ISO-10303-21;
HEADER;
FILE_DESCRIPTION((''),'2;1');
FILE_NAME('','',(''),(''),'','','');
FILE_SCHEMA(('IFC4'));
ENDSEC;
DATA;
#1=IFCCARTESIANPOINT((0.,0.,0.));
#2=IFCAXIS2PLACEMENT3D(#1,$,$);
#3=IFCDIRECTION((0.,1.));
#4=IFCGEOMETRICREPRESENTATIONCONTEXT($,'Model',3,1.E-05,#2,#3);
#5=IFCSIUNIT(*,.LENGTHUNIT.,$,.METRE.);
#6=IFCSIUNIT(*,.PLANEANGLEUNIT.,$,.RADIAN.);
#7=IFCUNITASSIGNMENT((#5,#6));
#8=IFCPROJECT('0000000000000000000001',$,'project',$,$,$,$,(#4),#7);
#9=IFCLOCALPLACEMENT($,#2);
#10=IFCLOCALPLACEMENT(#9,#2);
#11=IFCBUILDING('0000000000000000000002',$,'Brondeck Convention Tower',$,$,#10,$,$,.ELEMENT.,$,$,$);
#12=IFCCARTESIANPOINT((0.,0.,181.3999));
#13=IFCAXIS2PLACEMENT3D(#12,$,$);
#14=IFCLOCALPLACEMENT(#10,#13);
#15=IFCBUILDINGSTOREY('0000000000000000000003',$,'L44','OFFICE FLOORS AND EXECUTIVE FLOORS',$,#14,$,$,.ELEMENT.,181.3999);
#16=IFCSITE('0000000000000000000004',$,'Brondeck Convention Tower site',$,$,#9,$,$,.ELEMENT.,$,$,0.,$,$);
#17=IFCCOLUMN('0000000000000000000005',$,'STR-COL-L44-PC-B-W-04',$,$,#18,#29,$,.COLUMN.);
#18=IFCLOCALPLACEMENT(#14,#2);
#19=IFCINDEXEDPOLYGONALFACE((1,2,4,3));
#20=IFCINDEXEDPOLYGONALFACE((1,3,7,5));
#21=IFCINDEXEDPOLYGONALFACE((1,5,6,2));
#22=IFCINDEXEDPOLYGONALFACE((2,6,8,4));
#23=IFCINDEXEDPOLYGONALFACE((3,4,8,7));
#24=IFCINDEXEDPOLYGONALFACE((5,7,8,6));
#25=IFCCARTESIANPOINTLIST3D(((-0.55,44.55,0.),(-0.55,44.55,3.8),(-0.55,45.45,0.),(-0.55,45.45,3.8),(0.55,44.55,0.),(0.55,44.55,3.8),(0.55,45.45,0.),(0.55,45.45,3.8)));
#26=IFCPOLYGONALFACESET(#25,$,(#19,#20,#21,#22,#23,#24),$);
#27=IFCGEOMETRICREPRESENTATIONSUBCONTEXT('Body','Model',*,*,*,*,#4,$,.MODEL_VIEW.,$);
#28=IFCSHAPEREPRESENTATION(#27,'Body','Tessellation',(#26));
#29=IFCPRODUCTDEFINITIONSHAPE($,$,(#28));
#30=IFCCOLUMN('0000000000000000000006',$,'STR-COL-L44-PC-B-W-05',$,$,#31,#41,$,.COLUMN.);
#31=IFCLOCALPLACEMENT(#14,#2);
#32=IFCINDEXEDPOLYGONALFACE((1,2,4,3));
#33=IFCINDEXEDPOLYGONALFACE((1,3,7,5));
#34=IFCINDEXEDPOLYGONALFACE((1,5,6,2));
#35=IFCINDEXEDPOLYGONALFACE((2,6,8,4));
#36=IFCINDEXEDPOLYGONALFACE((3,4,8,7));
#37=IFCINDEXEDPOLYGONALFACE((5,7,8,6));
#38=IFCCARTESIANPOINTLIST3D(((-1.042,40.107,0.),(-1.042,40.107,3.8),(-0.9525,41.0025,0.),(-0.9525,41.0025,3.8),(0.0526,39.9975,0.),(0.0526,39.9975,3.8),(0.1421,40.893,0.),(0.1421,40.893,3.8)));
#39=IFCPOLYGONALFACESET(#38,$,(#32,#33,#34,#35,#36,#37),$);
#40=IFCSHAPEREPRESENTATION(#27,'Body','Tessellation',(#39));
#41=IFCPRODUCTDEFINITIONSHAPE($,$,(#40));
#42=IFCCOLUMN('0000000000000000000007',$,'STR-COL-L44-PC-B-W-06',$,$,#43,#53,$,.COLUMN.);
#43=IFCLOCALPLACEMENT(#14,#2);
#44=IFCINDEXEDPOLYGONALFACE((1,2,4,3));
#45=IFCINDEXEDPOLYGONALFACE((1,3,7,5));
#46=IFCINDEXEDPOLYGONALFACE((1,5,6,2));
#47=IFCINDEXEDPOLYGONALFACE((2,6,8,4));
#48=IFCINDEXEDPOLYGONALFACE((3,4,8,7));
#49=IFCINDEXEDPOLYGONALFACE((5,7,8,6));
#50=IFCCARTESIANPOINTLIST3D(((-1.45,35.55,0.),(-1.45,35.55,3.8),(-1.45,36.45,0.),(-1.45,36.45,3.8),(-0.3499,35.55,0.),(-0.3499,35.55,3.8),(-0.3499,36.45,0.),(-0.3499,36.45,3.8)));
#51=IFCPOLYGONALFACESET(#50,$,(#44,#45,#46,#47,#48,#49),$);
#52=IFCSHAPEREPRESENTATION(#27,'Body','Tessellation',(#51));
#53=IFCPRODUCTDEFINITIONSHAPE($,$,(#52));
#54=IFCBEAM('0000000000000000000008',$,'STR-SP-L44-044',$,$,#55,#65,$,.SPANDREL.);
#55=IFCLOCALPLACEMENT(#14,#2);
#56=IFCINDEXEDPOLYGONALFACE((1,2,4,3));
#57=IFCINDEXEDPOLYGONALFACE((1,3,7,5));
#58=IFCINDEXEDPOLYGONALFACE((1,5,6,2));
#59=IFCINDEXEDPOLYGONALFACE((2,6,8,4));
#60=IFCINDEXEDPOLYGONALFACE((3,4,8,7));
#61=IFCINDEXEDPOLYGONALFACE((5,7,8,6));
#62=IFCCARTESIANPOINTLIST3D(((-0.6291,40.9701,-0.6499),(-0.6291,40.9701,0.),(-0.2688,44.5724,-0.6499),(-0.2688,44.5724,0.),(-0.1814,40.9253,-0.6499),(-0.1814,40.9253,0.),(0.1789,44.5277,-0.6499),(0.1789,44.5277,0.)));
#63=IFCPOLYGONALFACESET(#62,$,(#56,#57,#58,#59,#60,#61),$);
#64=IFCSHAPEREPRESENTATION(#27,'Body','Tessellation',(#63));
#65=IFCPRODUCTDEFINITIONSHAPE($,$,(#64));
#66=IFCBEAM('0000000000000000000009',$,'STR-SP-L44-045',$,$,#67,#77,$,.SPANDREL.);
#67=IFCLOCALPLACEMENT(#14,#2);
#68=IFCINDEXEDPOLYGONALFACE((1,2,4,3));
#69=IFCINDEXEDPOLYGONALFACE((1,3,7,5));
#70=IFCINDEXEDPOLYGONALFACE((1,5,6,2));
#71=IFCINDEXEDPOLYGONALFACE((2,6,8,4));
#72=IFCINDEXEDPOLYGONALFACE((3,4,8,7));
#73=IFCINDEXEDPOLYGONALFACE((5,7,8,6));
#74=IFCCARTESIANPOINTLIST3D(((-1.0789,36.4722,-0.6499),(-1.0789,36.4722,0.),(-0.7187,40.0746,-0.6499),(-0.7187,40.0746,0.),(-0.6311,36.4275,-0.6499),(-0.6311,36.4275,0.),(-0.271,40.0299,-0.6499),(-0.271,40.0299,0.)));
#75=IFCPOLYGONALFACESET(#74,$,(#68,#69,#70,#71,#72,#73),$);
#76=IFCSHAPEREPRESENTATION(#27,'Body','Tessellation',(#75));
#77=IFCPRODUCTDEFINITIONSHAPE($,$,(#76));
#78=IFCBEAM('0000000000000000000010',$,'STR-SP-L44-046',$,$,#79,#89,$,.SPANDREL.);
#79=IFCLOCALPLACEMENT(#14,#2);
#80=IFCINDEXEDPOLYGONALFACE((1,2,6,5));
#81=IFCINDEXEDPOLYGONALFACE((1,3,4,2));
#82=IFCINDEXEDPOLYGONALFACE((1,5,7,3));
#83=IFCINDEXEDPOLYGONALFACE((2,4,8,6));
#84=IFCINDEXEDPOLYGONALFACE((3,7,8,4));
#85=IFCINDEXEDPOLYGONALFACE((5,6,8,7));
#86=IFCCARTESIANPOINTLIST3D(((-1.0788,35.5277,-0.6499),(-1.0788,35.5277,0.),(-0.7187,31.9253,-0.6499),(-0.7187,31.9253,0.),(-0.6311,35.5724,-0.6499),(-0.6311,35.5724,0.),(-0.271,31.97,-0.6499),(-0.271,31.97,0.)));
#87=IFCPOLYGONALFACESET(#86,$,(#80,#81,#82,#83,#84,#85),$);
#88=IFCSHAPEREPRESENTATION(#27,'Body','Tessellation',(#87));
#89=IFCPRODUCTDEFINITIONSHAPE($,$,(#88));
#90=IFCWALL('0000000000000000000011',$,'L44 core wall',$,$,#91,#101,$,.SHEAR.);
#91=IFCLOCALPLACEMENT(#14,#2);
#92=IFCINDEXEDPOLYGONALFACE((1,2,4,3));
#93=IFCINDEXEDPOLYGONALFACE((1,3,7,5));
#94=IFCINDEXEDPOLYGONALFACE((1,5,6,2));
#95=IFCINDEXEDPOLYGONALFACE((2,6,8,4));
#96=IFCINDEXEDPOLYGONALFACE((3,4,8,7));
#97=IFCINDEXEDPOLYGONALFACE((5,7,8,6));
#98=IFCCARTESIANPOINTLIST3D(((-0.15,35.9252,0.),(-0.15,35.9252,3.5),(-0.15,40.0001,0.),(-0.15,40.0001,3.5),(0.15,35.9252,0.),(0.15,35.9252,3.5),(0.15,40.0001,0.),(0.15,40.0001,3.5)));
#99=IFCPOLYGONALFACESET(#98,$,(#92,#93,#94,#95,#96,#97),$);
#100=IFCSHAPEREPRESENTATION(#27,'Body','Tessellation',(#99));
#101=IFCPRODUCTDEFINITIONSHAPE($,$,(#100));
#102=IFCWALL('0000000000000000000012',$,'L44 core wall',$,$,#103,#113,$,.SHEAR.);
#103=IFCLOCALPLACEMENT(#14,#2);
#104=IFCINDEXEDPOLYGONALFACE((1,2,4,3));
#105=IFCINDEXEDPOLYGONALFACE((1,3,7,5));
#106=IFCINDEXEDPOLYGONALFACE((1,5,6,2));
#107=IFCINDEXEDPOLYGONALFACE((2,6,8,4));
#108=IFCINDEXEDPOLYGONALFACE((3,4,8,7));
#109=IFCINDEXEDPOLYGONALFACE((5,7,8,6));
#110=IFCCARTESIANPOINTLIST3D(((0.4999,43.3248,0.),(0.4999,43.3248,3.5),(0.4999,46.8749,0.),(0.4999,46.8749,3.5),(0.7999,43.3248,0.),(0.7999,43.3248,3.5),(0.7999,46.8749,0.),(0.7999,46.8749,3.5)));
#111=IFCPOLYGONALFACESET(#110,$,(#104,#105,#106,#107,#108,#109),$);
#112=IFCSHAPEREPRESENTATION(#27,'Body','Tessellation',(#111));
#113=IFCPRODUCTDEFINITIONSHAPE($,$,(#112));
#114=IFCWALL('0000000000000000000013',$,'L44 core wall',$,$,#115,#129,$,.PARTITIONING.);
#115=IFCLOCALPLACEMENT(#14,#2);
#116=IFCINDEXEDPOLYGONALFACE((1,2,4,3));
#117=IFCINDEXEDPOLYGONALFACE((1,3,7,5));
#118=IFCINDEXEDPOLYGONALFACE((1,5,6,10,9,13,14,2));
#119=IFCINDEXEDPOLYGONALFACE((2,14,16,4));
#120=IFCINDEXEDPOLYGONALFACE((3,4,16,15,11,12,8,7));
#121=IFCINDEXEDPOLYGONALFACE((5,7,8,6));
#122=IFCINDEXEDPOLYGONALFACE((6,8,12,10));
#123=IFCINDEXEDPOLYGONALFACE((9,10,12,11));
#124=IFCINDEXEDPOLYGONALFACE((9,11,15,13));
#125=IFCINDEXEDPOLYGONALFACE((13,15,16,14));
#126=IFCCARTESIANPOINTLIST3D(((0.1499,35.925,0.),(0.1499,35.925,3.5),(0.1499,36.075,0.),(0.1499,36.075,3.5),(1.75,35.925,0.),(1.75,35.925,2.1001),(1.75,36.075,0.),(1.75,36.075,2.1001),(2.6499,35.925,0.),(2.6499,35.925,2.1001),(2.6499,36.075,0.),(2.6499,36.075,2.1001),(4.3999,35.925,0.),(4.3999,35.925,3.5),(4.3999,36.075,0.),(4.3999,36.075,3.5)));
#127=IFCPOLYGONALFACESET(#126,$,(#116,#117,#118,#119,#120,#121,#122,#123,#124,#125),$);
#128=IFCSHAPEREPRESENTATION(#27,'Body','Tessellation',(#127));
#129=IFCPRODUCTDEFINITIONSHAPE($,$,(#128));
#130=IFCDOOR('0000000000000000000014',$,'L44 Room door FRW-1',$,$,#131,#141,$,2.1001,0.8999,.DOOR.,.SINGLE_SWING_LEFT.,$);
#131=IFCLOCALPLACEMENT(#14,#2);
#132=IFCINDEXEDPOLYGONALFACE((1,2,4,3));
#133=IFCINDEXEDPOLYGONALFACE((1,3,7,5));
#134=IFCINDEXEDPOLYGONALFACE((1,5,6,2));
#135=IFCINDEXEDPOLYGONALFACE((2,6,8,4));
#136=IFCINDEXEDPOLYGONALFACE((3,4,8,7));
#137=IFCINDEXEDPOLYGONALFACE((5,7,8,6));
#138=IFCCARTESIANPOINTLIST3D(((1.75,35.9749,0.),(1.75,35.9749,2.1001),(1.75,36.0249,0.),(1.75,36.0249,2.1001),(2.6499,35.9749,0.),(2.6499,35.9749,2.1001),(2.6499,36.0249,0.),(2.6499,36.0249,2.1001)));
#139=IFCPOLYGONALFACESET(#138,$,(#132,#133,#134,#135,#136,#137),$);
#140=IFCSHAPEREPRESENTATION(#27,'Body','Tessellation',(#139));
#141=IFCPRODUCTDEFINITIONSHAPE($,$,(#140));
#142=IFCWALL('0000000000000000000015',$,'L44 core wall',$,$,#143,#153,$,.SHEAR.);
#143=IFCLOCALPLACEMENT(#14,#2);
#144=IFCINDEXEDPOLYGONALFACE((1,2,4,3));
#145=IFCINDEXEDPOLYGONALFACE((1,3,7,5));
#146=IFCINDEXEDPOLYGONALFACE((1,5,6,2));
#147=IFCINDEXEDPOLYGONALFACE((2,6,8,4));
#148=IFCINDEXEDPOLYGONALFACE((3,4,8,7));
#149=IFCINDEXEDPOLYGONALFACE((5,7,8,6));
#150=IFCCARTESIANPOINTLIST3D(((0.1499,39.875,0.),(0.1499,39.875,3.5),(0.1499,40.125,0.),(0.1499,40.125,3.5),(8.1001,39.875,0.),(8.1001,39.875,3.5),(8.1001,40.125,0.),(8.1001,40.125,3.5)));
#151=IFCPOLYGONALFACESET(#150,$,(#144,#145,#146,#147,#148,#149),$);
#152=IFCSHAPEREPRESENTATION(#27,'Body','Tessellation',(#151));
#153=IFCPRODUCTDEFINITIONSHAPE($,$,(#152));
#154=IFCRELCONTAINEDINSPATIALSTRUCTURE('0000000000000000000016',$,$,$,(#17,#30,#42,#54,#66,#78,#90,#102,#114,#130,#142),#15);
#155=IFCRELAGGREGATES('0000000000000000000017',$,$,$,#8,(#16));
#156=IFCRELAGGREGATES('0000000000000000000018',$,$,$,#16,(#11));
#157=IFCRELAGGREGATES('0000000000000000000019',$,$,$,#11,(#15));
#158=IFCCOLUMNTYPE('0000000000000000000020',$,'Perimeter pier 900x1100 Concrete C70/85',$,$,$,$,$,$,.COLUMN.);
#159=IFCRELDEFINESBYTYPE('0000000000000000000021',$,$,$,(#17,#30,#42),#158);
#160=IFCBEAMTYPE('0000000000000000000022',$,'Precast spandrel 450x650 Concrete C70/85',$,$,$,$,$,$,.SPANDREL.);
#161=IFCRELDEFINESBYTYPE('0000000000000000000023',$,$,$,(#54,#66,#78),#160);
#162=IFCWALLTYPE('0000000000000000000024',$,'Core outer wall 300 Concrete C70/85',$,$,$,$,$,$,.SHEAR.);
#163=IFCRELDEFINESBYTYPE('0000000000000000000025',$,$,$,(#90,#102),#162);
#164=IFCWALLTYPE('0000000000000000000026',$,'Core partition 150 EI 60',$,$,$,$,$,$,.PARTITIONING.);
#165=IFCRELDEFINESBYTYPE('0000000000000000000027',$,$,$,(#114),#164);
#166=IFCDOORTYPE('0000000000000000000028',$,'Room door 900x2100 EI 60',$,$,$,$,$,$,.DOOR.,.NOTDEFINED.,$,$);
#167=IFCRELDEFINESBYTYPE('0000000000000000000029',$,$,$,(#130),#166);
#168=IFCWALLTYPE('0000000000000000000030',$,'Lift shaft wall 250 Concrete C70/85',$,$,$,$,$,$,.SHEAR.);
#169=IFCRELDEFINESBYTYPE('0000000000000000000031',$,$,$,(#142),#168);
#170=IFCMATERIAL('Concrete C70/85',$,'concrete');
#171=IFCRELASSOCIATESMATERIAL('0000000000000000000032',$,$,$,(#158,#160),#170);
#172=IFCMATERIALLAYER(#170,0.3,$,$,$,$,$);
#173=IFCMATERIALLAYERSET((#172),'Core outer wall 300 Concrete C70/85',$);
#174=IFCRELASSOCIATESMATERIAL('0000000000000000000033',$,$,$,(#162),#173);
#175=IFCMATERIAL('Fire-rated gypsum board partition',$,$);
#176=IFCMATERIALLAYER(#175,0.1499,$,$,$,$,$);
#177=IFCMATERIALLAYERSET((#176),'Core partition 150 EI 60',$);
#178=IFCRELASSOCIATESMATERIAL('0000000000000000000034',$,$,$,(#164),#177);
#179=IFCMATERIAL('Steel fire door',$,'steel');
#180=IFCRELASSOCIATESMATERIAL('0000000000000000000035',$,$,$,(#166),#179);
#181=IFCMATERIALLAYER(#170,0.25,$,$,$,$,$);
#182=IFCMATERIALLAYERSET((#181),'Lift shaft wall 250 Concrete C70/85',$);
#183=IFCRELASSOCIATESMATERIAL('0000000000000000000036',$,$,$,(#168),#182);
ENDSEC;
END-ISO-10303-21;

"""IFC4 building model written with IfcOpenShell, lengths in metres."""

from ifc_helpers import new_model, si_unit, direction, frame, frame_2d, origin, origin_2d, place, context, subcontext, project, spatial, rectangle, extrude, material, layer, layer_set, material_profile, profile_set, type_object, element, fill, save


model = new_model("IFC4")

# Units and contexts
model_context = context("Model", 3, precision=1e-05, world=origin(), true_north=direction((0.0, 1.0)))
body_context = subcontext(model_context, "Body", "Model", "MODEL_VIEW")
ifc_project = project(units=[si_unit("LENGTHUNIT", "METRE"), si_unit("PLANEANGLEUNIT", "RADIAN")], contexts=[model_context])

# Site, building, storey
site_placement = place(None, origin())
site = spatial("IfcSite", under=ifc_project, at=site_placement, Name="Brondeck Convention Tower site", CompositionType="ELEMENT", RefElevation=0.0)
building_placement = place(site_placement, origin())
building = spatial("IfcBuilding", under=site, at=building_placement, Name="Brondeck Convention Tower", CompositionType="ELEMENT")
storey_placement = place(building_placement, frame((0.0, 0.0, 181.3999)))
storey = spatial("IfcBuildingStorey", under=building, at=storey_placement, Name="L44", Description="OFFICE FLOORS AND EXECUTIVE FLOORS", CompositionType="ELEMENT", Elevation=181.3999)

# Columns
ifc_material_1 = material(Name="Concrete C70/85", Category="concrete")
ifc_material_profile_1 = material_profile(ifc_material_1, rectangle(XDim=0.8999, YDim=1.1001, at=origin_2d()), Name="Perimeter pier 900x1100 Concrete C70/85")
ifc_profile_set_1 = profile_set([ifc_material_profile_1], Name="Concrete C70/85")
column_type = type_object("IfcColumnType", Name="Perimeter pier 900x1100 Concrete C70/85", PredefinedType="COLUMN", material=ifc_profile_set_1)
for number, where, z_axis, x_axis, name in (
    (1, (0.0, 45.0, 0.0), (0.0, 0.0, 1.0), (0.0, -1.0, 0.0), "STR-COL-L44-PC-B-W-04"),
    (2, (-0.45, 40.5, 0.0), (0.0, 0.0, 1.0), (-0.099504, -0.995037, 0.0), "STR-COL-L44-PC-B-W-05"),
    (3, (-0.8999, 36.0, 0.0), (0.0, 0.0, 1.0), (0.0, -1.0, 0.0), "STR-COL-L44-PC-B-W-06"),
):
    element("IfcColumn", number, at=place(storey_placement, frame(where, z_axis=z_axis, x_axis=x_axis)), inside=storey, type_object=column_type, Name=name, PredefinedType="COLUMN", context=body_context, shape_type="SweptSolid", body=[
        extrude(rectangle(XDim=0.8999, YDim=1.1001, at=origin_2d()), origin(), (0.0, 0.0, 1.0), 3.8),
    ])

# Beams
ifc_material_profile_2 = material_profile(ifc_material_1, rectangle(XDim=0.45, YDim=0.6499, at=origin_2d()), Name="Precast spandrel 450x650 Concrete C70/85")
ifc_profile_set_2 = profile_set([ifc_material_profile_2], Name="Concrete C70/85")
beam_type = type_object("IfcBeamType", Name="Precast spandrel 450x650 Concrete C70/85", PredefinedType="SPANDREL", material=ifc_profile_set_2)
for number, where, z_axis, x_axis, name in (
    (4, (-0.0449, 44.55, -0.325), (-0.099537, -0.995034, 0.0), (0.995034, -0.099537, 0.0), "STR-SP-L44-044"),
    (5, (-0.4949, 40.0522, -0.325), (-0.09947, -0.995041, 0.0), (0.995041, -0.09947, 0.0), "STR-SP-L44-045"),
    (6, (-0.855, 35.55, -0.325), (0.09947, -0.995041, 0.0), (0.995041, 0.09947, 0.0), "STR-SP-L44-046"),
):
    element("IfcBeam", number, at=place(storey_placement, frame(where, z_axis=z_axis, x_axis=x_axis)), inside=storey, type_object=beam_type, Name=name, PredefinedType="SPANDREL", context=body_context, shape_type="SweptSolid", body=[
        extrude(rectangle(XDim=0.45, YDim=0.6499, at=origin_2d()), origin(), (0.0, 0.0, 1.0), 3.6204),
    ])

# Walls
ifc_layer_1 = layer(ifc_material_1, 0.3)
ifc_layer_set_1 = layer_set([ifc_layer_1], Name="Core outer wall 300 Concrete C70/85")
wall_type_1 = type_object("IfcWallType", Name="Core outer wall 300 Concrete C70/85", PredefinedType="SHEAR", material=ifc_layer_set_1)
wall_1_placement = place(storey_placement, frame((0.0, 35.925, 0.0), z_axis=(0.0, 0.0, 1.0), x_axis=(0.0, 1.0, 0.0)))
element("IfcWall", 7, at=wall_1_placement, inside=storey, type_object=wall_type_1, Name="L44 core wall", PredefinedType="SHEAR", context=body_context, shape_type="SweptSolid", body=[
    extrude(rectangle(XDim=4.075, YDim=0.3, at=frame_2d((2.0376, 0.0))), origin(), (0.0, 0.0, 1.0), 3.5),
])
wall_2_placement = place(storey_placement, frame((0.6499, 43.325, 0.0), z_axis=(0.0, 0.0, 1.0), x_axis=(0.0, 1.0, 0.0)))
element("IfcWall", 8, at=wall_2_placement, inside=storey, type_object=wall_type_1, Name="L44 core wall", PredefinedType="SHEAR", context=body_context, shape_type="SweptSolid", body=[
    extrude(rectangle(XDim=3.55, YDim=0.3, at=frame_2d((1.7749, 0.0))), origin(), (0.0, 0.0, 1.0), 3.5),
])

# Wall, opening, door
ifc_material_2 = material(Name="Fire-rated gypsum board partition")
ifc_layer_2 = layer(ifc_material_2, 0.1499)
ifc_layer_set_2 = layer_set([ifc_layer_2], Name="Core partition 150 EI 60")
wall_type_2 = type_object("IfcWallType", Name="Core partition 150 EI 60", PredefinedType="PARTITIONING", material=ifc_layer_set_2)
wall_3_placement = place(storey_placement, frame((0.1499, 36.0, 0.0), z_axis=(0.0, 0.0, 1.0), x_axis=(1.0, 0.0, 0.0)))
wall_3 = element("IfcWall", 9, at=wall_3_placement, inside=storey, type_object=wall_type_2, Name="L44 core wall", PredefinedType="PARTITIONING", context=body_context, shape_type="SweptSolid", body=[
    extrude(rectangle(XDim=4.25, YDim=0.1499, at=frame_2d((2.125, 0.0))), origin(), (0.0, 0.0, 1.0), 3.5),
])
opening_1_placement = place(wall_3_placement, frame((1.6001, 0.0, 0.0)))
opening_1 = element("IfcOpeningElement", 10, at=opening_1_placement, cuts=wall_3, PredefinedType="OPENING", context=body_context, shape_type="SweptSolid", body=[
    extrude(rectangle(XDim=0.8999, YDim=2.1001, at=frame_2d((0.45, 1.05))), frame((0.0, 0.085, 0.0), z_axis=(0.0, -1.0, 0.0), x_axis=(1.0, 0.0, 0.0)), (0.0, 0.0, 1.0), 0.1699),
])
ifc_material_3 = material(Name="Steel fire door", Category="steel")
door_type_1 = type_object("IfcDoorType", Name="Room door 900x2100 EI 60", OperationType="NOTDEFINED", PredefinedType="DOOR", material=ifc_material_3)
door_1_placement = place(opening_1_placement, origin())
door_1 = element("IfcDoor", 11, at=door_1_placement, inside=storey, type_object=door_type_1, Name="L44 Room door FRW-1", OperationType="SINGLE_SWING_LEFT", OverallHeight=2.1001, OverallWidth=0.8999, PredefinedType="DOOR", context=body_context, shape_type="SweptSolid", body=[
    extrude(rectangle(XDim=0.8999, YDim=2.1001, at=frame_2d((0.45, 1.05))), frame((0.0, 0.0249, 0.0), z_axis=(0.0, -1.0, 0.0), x_axis=(1.0, 0.0, 0.0)), (0.0, 0.0, 1.0), 0.05),
])
fill(opening_1, door_1)

# Wall
ifc_layer_3 = layer(ifc_material_1, 0.25)
ifc_layer_set_3 = layer_set([ifc_layer_3], Name="Lift shaft wall 250 Concrete C70/85")
wall_type_3 = type_object("IfcWallType", Name="Lift shaft wall 250 Concrete C70/85", PredefinedType="SHEAR", material=ifc_layer_set_3)
wall_4_placement = place(storey_placement, frame((0.1499, 40.0, 0.0), z_axis=(0.0, 0.0, 1.0), x_axis=(1.0, 0.0, 0.0)))
element("IfcWall", 12, at=wall_4_placement, inside=storey, type_object=wall_type_3, Name="L44 core wall", PredefinedType="SHEAR", context=body_context, shape_type="SweptSolid", body=[
    extrude(rectangle(XDim=7.9502, YDim=0.25, at=frame_2d((3.9751, 0.0))), origin(), (0.0, 0.0, 1.0), 3.5),
])

save(model, "model.ifc")
